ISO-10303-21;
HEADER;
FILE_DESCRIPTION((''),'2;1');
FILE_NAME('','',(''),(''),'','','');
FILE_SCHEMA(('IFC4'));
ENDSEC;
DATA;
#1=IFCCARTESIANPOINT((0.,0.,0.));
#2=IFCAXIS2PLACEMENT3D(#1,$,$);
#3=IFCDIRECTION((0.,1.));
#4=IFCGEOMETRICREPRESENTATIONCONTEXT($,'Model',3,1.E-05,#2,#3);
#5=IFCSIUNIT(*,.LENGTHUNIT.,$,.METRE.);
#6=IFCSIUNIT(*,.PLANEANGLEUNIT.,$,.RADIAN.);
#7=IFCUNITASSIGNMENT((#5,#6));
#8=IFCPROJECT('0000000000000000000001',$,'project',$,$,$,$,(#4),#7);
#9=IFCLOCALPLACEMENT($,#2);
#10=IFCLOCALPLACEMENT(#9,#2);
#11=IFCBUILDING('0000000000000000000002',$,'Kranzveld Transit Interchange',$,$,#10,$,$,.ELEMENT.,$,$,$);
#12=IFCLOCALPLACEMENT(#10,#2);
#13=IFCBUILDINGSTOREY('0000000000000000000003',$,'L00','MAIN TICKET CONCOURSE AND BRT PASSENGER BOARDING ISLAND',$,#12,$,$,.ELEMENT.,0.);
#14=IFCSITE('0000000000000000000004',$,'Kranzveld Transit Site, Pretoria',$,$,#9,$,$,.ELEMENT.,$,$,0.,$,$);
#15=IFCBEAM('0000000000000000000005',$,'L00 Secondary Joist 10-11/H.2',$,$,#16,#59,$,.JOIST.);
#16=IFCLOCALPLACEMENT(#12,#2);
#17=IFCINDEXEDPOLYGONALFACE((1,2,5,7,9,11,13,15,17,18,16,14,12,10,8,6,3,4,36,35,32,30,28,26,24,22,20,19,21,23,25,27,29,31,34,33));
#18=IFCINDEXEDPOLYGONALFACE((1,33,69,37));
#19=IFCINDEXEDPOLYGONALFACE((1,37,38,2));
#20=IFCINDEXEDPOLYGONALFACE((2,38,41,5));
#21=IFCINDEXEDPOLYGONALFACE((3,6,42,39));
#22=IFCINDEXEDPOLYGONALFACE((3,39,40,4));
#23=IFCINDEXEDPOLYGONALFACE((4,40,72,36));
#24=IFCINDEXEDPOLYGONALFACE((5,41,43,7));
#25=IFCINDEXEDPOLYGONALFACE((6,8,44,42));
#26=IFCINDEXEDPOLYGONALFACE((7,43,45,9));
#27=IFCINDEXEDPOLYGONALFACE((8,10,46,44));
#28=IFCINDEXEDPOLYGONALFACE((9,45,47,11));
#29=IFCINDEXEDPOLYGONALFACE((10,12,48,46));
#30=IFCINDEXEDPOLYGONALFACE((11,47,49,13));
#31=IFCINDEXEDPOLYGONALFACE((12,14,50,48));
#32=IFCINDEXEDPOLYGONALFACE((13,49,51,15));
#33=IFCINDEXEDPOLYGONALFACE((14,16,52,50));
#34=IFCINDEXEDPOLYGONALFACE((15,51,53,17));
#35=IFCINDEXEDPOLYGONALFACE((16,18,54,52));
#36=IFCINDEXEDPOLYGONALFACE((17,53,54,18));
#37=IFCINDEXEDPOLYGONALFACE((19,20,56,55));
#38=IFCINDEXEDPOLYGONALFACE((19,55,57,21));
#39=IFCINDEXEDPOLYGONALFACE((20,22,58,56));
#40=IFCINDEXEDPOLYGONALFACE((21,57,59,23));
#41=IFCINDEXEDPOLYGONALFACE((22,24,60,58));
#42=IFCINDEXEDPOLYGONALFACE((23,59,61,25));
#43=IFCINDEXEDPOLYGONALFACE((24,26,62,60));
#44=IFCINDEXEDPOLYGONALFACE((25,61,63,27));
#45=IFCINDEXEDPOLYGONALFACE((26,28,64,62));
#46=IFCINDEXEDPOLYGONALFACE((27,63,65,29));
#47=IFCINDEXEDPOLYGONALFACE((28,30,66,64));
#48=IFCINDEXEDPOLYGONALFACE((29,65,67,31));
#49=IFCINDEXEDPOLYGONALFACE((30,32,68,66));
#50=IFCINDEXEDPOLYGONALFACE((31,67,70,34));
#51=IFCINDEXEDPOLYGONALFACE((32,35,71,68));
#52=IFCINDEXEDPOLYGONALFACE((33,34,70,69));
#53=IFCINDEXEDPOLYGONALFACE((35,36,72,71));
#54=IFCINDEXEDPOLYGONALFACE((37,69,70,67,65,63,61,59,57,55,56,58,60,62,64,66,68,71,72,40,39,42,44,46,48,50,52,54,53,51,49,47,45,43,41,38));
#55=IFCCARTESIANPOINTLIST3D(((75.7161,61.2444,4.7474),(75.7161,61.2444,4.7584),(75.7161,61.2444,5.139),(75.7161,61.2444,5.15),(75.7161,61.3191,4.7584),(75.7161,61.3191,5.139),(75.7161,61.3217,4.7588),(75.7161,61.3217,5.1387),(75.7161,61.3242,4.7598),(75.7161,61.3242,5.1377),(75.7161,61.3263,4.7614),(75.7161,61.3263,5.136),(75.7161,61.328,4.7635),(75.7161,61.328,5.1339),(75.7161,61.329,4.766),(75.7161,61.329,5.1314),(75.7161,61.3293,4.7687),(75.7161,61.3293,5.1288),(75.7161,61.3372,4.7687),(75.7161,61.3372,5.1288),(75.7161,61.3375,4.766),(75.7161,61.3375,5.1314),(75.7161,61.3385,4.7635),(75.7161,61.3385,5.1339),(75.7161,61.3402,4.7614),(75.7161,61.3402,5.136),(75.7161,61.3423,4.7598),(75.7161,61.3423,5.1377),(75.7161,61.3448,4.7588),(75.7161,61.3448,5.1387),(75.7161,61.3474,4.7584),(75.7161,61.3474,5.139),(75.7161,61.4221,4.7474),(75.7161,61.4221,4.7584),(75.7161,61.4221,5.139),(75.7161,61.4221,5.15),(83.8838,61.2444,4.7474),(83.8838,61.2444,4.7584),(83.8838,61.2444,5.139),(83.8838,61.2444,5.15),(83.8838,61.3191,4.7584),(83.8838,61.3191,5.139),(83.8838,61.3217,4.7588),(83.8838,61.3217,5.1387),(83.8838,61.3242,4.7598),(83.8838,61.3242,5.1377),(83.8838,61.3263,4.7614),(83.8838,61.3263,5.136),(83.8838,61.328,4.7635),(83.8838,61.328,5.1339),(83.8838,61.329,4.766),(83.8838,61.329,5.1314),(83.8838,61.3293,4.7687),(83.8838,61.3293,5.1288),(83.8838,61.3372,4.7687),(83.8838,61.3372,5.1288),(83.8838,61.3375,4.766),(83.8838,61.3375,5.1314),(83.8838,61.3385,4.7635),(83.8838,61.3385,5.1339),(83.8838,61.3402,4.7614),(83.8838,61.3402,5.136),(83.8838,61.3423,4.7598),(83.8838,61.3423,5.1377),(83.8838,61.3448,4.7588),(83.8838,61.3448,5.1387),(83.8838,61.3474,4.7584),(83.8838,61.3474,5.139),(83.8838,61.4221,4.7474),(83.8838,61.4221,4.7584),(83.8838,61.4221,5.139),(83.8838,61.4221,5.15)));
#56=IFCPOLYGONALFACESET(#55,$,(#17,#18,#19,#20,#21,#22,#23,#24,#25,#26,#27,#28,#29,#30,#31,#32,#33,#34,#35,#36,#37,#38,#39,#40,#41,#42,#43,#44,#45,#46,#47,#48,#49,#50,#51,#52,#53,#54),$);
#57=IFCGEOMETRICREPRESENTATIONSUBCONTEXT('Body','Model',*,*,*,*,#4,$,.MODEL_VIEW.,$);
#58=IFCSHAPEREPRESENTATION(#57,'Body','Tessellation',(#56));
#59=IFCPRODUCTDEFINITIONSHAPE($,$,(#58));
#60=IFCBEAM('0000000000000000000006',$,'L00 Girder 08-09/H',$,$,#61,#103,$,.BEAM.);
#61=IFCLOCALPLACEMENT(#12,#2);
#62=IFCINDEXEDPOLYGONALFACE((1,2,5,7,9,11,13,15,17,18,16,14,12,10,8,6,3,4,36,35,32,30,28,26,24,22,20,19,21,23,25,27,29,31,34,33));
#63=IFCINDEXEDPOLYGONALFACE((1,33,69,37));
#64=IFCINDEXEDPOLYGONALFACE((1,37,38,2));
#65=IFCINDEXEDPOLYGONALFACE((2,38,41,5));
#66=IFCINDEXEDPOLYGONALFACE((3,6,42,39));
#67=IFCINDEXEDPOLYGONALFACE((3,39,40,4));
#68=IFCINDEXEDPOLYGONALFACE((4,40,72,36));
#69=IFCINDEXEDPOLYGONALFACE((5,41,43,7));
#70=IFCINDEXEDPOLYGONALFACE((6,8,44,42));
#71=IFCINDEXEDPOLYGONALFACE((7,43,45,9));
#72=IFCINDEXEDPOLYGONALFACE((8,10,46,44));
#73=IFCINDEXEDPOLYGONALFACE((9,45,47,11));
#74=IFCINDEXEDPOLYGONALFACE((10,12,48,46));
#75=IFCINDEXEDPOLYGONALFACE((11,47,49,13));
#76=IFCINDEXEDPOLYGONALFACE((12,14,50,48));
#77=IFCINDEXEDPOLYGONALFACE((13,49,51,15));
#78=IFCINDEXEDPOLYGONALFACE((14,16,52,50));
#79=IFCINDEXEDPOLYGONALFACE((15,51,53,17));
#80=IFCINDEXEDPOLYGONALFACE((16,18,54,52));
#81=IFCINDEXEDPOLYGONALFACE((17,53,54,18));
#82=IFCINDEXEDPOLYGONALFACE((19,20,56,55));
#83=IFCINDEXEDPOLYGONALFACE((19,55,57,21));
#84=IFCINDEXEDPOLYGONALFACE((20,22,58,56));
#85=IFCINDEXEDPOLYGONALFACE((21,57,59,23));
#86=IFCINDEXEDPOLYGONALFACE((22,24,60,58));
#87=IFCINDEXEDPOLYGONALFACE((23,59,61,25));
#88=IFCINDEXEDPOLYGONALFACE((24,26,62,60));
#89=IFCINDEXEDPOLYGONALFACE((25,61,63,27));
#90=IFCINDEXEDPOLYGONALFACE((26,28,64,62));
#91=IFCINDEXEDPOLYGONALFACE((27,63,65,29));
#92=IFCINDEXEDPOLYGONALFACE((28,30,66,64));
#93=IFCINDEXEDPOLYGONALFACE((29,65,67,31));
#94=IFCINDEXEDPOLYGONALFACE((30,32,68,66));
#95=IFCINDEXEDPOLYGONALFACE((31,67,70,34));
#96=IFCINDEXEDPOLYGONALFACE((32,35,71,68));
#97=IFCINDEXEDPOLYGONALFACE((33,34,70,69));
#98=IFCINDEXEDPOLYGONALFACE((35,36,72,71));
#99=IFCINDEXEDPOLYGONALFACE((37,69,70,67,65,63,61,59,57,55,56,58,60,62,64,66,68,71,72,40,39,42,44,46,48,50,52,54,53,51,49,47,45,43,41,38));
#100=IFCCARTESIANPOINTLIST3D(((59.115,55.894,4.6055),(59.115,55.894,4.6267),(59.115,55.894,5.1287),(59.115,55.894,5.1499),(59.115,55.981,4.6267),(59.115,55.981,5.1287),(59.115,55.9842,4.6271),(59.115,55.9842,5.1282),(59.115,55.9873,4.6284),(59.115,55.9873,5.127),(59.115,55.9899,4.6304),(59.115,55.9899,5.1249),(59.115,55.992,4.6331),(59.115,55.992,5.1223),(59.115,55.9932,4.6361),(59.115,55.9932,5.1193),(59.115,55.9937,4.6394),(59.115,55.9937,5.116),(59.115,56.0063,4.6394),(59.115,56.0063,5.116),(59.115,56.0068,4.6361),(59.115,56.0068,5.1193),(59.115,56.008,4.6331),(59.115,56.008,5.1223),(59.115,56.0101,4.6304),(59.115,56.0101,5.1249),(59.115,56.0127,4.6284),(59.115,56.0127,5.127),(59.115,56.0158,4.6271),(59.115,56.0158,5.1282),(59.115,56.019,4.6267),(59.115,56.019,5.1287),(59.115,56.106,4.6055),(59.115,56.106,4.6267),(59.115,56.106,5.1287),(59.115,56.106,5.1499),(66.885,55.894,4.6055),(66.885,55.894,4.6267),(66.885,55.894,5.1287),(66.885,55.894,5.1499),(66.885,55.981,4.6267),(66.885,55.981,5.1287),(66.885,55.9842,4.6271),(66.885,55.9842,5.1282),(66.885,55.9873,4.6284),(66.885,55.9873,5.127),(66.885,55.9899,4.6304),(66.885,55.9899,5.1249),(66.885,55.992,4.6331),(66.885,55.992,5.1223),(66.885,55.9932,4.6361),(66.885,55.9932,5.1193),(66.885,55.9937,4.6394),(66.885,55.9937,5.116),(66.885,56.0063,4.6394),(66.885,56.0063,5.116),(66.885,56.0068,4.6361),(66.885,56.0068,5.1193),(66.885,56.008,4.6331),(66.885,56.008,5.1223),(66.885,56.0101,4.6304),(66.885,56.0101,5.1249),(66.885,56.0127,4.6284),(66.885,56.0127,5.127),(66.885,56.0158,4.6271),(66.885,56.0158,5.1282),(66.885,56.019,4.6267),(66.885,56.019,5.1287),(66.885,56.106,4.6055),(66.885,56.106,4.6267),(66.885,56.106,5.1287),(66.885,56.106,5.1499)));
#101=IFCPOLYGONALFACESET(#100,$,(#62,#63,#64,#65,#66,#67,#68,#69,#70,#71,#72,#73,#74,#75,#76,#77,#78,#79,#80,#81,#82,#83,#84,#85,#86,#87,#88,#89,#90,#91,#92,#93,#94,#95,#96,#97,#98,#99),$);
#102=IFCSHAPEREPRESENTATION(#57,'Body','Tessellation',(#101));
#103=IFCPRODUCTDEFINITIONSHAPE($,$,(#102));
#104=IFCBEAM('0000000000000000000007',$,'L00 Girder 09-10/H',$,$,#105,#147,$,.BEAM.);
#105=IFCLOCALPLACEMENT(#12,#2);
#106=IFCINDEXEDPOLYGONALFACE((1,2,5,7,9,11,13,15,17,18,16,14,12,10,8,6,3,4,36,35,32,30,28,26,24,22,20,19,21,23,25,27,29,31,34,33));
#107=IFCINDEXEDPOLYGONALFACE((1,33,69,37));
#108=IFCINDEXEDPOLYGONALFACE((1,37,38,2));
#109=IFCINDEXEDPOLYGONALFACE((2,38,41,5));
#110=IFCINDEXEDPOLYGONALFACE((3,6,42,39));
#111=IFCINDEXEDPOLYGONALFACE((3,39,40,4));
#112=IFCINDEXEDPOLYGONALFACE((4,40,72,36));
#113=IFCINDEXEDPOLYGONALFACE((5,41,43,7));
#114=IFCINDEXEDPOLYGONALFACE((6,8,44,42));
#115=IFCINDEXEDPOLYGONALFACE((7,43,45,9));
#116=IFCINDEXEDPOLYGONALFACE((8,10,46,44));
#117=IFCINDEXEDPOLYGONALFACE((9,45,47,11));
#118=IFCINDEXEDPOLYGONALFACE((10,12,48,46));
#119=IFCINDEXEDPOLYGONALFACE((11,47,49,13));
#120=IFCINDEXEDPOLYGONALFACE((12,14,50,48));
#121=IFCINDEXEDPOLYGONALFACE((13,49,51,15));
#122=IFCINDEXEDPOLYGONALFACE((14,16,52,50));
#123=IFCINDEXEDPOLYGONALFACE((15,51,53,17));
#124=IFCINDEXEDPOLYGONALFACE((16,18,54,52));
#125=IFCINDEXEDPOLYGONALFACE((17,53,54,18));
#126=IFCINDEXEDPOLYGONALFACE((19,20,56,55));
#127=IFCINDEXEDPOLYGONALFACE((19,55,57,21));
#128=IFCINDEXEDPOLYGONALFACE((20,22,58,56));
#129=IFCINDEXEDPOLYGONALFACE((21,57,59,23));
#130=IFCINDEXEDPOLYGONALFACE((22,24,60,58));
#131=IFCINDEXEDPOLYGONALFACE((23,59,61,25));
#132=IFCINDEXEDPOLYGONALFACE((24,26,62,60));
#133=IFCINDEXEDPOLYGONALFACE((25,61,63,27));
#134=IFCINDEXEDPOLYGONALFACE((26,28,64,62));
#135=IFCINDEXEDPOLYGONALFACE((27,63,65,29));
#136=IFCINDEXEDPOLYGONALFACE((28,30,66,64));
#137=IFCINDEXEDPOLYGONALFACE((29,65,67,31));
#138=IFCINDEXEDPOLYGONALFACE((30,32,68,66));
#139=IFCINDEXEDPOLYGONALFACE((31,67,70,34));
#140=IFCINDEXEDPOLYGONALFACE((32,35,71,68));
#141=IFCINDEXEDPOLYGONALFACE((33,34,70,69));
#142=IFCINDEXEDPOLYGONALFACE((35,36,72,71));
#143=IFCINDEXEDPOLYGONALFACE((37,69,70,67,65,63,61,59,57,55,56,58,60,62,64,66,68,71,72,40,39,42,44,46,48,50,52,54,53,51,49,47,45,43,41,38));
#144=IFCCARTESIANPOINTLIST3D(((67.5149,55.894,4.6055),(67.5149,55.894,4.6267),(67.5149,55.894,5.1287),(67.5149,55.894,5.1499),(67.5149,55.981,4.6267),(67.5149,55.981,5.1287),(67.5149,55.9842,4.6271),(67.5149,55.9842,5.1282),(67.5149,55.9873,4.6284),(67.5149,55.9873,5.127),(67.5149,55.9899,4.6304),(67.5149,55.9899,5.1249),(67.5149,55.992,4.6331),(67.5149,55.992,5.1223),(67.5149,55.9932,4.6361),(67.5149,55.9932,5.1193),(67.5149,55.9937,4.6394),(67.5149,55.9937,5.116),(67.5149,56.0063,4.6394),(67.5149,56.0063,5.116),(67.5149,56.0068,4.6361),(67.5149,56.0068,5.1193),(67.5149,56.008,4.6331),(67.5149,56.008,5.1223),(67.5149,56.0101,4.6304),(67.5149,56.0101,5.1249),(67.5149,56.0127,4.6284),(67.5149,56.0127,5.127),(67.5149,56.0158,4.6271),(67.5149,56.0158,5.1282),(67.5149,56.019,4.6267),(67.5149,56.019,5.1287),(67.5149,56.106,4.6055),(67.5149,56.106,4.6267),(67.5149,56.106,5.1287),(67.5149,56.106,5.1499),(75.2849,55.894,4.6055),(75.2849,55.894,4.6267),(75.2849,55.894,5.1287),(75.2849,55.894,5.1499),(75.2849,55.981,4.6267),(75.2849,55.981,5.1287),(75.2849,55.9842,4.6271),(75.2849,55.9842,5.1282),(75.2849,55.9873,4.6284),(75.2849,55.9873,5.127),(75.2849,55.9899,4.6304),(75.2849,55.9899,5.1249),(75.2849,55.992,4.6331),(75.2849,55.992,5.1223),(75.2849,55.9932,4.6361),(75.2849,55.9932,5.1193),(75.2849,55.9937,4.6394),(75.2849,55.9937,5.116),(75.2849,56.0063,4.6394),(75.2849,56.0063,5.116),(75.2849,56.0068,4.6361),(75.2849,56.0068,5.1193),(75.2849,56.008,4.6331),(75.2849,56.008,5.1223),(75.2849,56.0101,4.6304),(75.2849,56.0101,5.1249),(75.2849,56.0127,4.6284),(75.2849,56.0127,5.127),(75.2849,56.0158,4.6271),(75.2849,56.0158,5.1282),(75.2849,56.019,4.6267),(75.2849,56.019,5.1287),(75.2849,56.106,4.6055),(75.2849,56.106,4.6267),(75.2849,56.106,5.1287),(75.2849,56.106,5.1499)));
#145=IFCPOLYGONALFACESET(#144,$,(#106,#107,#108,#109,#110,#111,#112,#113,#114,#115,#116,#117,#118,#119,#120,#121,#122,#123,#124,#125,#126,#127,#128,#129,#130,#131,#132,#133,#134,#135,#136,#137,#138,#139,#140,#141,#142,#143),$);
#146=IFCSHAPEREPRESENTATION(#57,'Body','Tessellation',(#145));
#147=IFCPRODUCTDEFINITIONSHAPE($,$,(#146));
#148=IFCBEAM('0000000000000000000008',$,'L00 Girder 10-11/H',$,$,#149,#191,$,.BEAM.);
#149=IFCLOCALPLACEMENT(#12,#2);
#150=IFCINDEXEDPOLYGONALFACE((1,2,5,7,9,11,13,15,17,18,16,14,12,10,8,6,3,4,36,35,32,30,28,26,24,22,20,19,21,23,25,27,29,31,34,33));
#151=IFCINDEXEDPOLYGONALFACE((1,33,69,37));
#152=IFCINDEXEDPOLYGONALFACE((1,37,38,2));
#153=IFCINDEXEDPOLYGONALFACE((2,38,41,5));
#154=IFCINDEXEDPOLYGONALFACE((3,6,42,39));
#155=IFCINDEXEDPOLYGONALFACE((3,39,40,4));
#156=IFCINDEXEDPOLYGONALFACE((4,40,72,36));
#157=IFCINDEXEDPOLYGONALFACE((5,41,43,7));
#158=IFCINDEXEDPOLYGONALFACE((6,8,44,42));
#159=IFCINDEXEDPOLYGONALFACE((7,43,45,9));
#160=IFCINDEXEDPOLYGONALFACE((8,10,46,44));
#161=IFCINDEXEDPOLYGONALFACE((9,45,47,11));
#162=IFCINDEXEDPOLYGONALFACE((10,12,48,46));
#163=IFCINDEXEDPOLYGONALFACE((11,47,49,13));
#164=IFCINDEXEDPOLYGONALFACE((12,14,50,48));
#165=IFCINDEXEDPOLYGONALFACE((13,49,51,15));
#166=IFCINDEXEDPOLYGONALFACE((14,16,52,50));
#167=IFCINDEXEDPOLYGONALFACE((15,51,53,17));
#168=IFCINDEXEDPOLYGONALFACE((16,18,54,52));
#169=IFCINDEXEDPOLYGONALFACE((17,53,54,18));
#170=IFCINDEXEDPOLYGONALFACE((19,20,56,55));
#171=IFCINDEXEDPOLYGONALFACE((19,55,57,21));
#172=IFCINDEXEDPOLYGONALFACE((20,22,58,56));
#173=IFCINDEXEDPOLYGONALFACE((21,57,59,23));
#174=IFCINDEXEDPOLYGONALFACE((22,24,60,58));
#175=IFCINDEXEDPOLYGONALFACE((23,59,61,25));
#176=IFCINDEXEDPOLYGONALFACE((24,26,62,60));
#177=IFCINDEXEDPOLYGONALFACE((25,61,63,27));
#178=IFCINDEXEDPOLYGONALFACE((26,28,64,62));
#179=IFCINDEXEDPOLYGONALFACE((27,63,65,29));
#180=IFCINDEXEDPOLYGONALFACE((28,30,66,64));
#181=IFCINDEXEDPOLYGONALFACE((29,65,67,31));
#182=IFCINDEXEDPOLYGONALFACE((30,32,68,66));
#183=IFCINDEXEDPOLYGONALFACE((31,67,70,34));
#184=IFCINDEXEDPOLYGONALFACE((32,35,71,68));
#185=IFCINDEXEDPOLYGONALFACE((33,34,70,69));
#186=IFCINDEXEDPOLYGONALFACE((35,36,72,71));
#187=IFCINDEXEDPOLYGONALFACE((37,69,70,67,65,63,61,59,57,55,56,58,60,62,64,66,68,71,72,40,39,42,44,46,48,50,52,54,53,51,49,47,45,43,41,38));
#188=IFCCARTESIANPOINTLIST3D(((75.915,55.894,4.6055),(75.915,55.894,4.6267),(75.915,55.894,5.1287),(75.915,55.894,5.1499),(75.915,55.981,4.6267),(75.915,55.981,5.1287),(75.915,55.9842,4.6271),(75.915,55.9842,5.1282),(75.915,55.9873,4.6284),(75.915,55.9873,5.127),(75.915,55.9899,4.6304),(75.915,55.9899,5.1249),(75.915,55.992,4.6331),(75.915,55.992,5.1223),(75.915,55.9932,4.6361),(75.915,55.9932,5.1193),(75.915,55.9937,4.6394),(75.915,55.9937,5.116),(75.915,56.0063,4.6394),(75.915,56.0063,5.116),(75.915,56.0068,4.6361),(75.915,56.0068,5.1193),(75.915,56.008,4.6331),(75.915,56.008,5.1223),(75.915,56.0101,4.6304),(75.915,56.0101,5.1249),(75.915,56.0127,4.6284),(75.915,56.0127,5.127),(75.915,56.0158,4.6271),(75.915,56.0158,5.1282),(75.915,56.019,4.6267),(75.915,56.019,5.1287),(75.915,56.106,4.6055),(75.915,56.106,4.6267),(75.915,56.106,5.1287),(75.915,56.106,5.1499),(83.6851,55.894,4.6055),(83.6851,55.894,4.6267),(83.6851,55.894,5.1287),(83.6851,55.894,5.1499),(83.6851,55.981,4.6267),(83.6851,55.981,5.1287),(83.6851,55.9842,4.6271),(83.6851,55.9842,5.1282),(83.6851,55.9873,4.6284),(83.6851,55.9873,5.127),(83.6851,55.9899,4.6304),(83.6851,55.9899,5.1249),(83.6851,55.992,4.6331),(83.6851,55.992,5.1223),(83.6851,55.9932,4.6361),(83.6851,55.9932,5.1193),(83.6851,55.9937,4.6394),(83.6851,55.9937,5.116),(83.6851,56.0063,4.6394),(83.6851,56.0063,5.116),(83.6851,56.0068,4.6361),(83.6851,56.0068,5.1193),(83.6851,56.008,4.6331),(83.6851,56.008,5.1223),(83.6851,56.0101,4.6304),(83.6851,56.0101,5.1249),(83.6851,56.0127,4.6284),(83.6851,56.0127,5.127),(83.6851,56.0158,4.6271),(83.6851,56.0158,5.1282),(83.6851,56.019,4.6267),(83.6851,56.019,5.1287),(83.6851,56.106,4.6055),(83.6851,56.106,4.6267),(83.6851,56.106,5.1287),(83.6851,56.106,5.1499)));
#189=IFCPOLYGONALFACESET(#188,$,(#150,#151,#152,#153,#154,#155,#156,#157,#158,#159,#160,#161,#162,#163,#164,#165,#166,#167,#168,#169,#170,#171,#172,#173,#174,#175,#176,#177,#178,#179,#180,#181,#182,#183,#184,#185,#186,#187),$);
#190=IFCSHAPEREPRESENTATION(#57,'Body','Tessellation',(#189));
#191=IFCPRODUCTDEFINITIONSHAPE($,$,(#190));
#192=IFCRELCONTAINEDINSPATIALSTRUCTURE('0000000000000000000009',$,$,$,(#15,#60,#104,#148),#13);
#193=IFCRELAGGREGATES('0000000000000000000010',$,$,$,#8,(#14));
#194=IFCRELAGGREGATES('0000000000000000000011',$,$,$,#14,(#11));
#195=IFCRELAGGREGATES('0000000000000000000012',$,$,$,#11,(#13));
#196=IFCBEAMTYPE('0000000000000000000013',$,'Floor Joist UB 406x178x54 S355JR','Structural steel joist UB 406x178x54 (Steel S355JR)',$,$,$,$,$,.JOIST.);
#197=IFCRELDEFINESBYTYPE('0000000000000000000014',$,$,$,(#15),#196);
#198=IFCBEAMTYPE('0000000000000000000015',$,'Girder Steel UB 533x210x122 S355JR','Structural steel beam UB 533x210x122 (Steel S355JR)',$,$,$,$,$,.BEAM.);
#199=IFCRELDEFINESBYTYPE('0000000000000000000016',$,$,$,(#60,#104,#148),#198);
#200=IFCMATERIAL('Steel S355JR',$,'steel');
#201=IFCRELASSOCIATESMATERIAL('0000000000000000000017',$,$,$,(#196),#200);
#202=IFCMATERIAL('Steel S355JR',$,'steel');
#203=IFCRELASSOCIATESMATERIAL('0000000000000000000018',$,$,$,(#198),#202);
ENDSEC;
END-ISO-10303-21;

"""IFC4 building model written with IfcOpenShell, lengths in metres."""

from ifc_helpers import new_model, si_unit, direction, frame, origin, origin_2d, place, context, subcontext, project, spatial, i_section, extrude, material, material_profile, profile_set, type_object, element, save


model = new_model("IFC4")

# Units and contexts
model_context = context("Model", 3, precision=1e-05, world=origin(), true_north=direction((0.0, 1.0)))
body_context = subcontext(model_context, "Body", "Model", "MODEL_VIEW")
ifc_project = project(units=[si_unit("LENGTHUNIT", "METRE"), si_unit("PLANEANGLEUNIT", "RADIAN")], contexts=[model_context])

# Site, building, storey
site_placement = place(None, origin())
site = spatial("IfcSite", under=ifc_project, at=site_placement, Name="Kranzveld Transit Site, Pretoria", CompositionType="ELEMENT", RefElevation=0.0)
building_placement = place(site_placement, origin())
building = spatial("IfcBuilding", under=site, at=building_placement, Name="Kranzveld Transit Interchange", CompositionType="ELEMENT")
storey_placement = place(building_placement, origin())
storey = spatial("IfcBuildingStorey", under=building, at=storey_placement, Name="L00", Description="MAIN TICKET CONCOURSE AND BRT PASSENGER BOARDING ISLAND", CompositionType="ELEMENT", Elevation=0.0)

# Beams
ifc_material_1 = material(Name="Steel S355JR", Category="steel")
ifc_material_profile_1 = material_profile(ifc_material_1, i_section(OverallWidth=0.1777, OverallDepth=0.4026, WebThickness=0.0078, FlangeThickness=0.011, FilletRadius=0.0103, at=origin_2d()), Name="UB 406x178x54")
ifc_profile_set_1 = profile_set([ifc_material_profile_1], Name="Steel S355JR")
beam_type_1 = type_object("IfcBeamType", Name="Floor Joist UB 406x178x54 S355JR", Description="Structural steel joist UB 406x178x54 (Steel S355JR)", PredefinedType="JOIST", material=ifc_profile_set_1)
for number, where, z_axis, x_axis, name in (
    (1, (75.7161, 61.3333, 4.9487), (1.0, 0.0, 0.0), (0.0, 1.0, 0.0), "L00 Secondary Joist 10-11/H.2"),
):
    element("IfcBeam", number, at=place(storey_placement, frame(where, z_axis=z_axis, x_axis=x_axis)), inside=storey, type_object=beam_type_1, Name=name, PredefinedType="JOIST", context=body_context, shape_type="SweptSolid", body=[
        extrude(i_section(OverallWidth=0.1777, OverallDepth=0.4026, WebThickness=0.0078, FlangeThickness=0.011, FilletRadius=0.0103, at=origin_2d()), origin(), (0.0, 0.0, 1.0), 8.1677),
    ])
ifc_material_2 = material(Name="Steel S355JR", Category="steel")
ifc_material_profile_2 = material_profile(ifc_material_2, i_section(OverallWidth=0.2119, OverallDepth=0.5444, WebThickness=0.0127, FlangeThickness=0.0212, FilletRadius=0.0127, at=origin_2d()), Name="UB 533x210x122")
ifc_profile_set_2 = profile_set([ifc_material_profile_2], Name="Steel S355JR")
beam_type_2 = type_object("IfcBeamType", Name="Girder Steel UB 533x210x122 S355JR", Description="Structural steel beam UB 533x210x122 (Steel S355JR)", PredefinedType="BEAM", material=ifc_profile_set_2)
for number, where, z_axis, x_axis, name in (
    (2, (59.115, 56.0, 4.8777), (1.0, 0.0, 0.0), (0.0, 1.0, 0.0), "L00 Girder 08-09/H"),
    (3, (67.5149, 56.0, 4.8777), (1.0, 0.0, 0.0), (0.0, 1.0, 0.0), "L00 Girder 09-10/H"),
    (4, (75.915, 56.0, 4.8777), (1.0, 0.0, 0.0), (0.0, 1.0, 0.0), "L00 Girder 10-11/H"),
):
    element("IfcBeam", number, at=place(storey_placement, frame(where, z_axis=z_axis, x_axis=x_axis)), inside=storey, type_object=beam_type_2, Name=name, PredefinedType="BEAM", context=body_context, shape_type="SweptSolid", body=[
        extrude(i_section(OverallWidth=0.2119, OverallDepth=0.5444, WebThickness=0.0127, FlangeThickness=0.0212, FilletRadius=0.0127, at=origin_2d()), origin(), (0.0, 0.0, 1.0), 7.77),
    ])

save(model, "model.ifc")
